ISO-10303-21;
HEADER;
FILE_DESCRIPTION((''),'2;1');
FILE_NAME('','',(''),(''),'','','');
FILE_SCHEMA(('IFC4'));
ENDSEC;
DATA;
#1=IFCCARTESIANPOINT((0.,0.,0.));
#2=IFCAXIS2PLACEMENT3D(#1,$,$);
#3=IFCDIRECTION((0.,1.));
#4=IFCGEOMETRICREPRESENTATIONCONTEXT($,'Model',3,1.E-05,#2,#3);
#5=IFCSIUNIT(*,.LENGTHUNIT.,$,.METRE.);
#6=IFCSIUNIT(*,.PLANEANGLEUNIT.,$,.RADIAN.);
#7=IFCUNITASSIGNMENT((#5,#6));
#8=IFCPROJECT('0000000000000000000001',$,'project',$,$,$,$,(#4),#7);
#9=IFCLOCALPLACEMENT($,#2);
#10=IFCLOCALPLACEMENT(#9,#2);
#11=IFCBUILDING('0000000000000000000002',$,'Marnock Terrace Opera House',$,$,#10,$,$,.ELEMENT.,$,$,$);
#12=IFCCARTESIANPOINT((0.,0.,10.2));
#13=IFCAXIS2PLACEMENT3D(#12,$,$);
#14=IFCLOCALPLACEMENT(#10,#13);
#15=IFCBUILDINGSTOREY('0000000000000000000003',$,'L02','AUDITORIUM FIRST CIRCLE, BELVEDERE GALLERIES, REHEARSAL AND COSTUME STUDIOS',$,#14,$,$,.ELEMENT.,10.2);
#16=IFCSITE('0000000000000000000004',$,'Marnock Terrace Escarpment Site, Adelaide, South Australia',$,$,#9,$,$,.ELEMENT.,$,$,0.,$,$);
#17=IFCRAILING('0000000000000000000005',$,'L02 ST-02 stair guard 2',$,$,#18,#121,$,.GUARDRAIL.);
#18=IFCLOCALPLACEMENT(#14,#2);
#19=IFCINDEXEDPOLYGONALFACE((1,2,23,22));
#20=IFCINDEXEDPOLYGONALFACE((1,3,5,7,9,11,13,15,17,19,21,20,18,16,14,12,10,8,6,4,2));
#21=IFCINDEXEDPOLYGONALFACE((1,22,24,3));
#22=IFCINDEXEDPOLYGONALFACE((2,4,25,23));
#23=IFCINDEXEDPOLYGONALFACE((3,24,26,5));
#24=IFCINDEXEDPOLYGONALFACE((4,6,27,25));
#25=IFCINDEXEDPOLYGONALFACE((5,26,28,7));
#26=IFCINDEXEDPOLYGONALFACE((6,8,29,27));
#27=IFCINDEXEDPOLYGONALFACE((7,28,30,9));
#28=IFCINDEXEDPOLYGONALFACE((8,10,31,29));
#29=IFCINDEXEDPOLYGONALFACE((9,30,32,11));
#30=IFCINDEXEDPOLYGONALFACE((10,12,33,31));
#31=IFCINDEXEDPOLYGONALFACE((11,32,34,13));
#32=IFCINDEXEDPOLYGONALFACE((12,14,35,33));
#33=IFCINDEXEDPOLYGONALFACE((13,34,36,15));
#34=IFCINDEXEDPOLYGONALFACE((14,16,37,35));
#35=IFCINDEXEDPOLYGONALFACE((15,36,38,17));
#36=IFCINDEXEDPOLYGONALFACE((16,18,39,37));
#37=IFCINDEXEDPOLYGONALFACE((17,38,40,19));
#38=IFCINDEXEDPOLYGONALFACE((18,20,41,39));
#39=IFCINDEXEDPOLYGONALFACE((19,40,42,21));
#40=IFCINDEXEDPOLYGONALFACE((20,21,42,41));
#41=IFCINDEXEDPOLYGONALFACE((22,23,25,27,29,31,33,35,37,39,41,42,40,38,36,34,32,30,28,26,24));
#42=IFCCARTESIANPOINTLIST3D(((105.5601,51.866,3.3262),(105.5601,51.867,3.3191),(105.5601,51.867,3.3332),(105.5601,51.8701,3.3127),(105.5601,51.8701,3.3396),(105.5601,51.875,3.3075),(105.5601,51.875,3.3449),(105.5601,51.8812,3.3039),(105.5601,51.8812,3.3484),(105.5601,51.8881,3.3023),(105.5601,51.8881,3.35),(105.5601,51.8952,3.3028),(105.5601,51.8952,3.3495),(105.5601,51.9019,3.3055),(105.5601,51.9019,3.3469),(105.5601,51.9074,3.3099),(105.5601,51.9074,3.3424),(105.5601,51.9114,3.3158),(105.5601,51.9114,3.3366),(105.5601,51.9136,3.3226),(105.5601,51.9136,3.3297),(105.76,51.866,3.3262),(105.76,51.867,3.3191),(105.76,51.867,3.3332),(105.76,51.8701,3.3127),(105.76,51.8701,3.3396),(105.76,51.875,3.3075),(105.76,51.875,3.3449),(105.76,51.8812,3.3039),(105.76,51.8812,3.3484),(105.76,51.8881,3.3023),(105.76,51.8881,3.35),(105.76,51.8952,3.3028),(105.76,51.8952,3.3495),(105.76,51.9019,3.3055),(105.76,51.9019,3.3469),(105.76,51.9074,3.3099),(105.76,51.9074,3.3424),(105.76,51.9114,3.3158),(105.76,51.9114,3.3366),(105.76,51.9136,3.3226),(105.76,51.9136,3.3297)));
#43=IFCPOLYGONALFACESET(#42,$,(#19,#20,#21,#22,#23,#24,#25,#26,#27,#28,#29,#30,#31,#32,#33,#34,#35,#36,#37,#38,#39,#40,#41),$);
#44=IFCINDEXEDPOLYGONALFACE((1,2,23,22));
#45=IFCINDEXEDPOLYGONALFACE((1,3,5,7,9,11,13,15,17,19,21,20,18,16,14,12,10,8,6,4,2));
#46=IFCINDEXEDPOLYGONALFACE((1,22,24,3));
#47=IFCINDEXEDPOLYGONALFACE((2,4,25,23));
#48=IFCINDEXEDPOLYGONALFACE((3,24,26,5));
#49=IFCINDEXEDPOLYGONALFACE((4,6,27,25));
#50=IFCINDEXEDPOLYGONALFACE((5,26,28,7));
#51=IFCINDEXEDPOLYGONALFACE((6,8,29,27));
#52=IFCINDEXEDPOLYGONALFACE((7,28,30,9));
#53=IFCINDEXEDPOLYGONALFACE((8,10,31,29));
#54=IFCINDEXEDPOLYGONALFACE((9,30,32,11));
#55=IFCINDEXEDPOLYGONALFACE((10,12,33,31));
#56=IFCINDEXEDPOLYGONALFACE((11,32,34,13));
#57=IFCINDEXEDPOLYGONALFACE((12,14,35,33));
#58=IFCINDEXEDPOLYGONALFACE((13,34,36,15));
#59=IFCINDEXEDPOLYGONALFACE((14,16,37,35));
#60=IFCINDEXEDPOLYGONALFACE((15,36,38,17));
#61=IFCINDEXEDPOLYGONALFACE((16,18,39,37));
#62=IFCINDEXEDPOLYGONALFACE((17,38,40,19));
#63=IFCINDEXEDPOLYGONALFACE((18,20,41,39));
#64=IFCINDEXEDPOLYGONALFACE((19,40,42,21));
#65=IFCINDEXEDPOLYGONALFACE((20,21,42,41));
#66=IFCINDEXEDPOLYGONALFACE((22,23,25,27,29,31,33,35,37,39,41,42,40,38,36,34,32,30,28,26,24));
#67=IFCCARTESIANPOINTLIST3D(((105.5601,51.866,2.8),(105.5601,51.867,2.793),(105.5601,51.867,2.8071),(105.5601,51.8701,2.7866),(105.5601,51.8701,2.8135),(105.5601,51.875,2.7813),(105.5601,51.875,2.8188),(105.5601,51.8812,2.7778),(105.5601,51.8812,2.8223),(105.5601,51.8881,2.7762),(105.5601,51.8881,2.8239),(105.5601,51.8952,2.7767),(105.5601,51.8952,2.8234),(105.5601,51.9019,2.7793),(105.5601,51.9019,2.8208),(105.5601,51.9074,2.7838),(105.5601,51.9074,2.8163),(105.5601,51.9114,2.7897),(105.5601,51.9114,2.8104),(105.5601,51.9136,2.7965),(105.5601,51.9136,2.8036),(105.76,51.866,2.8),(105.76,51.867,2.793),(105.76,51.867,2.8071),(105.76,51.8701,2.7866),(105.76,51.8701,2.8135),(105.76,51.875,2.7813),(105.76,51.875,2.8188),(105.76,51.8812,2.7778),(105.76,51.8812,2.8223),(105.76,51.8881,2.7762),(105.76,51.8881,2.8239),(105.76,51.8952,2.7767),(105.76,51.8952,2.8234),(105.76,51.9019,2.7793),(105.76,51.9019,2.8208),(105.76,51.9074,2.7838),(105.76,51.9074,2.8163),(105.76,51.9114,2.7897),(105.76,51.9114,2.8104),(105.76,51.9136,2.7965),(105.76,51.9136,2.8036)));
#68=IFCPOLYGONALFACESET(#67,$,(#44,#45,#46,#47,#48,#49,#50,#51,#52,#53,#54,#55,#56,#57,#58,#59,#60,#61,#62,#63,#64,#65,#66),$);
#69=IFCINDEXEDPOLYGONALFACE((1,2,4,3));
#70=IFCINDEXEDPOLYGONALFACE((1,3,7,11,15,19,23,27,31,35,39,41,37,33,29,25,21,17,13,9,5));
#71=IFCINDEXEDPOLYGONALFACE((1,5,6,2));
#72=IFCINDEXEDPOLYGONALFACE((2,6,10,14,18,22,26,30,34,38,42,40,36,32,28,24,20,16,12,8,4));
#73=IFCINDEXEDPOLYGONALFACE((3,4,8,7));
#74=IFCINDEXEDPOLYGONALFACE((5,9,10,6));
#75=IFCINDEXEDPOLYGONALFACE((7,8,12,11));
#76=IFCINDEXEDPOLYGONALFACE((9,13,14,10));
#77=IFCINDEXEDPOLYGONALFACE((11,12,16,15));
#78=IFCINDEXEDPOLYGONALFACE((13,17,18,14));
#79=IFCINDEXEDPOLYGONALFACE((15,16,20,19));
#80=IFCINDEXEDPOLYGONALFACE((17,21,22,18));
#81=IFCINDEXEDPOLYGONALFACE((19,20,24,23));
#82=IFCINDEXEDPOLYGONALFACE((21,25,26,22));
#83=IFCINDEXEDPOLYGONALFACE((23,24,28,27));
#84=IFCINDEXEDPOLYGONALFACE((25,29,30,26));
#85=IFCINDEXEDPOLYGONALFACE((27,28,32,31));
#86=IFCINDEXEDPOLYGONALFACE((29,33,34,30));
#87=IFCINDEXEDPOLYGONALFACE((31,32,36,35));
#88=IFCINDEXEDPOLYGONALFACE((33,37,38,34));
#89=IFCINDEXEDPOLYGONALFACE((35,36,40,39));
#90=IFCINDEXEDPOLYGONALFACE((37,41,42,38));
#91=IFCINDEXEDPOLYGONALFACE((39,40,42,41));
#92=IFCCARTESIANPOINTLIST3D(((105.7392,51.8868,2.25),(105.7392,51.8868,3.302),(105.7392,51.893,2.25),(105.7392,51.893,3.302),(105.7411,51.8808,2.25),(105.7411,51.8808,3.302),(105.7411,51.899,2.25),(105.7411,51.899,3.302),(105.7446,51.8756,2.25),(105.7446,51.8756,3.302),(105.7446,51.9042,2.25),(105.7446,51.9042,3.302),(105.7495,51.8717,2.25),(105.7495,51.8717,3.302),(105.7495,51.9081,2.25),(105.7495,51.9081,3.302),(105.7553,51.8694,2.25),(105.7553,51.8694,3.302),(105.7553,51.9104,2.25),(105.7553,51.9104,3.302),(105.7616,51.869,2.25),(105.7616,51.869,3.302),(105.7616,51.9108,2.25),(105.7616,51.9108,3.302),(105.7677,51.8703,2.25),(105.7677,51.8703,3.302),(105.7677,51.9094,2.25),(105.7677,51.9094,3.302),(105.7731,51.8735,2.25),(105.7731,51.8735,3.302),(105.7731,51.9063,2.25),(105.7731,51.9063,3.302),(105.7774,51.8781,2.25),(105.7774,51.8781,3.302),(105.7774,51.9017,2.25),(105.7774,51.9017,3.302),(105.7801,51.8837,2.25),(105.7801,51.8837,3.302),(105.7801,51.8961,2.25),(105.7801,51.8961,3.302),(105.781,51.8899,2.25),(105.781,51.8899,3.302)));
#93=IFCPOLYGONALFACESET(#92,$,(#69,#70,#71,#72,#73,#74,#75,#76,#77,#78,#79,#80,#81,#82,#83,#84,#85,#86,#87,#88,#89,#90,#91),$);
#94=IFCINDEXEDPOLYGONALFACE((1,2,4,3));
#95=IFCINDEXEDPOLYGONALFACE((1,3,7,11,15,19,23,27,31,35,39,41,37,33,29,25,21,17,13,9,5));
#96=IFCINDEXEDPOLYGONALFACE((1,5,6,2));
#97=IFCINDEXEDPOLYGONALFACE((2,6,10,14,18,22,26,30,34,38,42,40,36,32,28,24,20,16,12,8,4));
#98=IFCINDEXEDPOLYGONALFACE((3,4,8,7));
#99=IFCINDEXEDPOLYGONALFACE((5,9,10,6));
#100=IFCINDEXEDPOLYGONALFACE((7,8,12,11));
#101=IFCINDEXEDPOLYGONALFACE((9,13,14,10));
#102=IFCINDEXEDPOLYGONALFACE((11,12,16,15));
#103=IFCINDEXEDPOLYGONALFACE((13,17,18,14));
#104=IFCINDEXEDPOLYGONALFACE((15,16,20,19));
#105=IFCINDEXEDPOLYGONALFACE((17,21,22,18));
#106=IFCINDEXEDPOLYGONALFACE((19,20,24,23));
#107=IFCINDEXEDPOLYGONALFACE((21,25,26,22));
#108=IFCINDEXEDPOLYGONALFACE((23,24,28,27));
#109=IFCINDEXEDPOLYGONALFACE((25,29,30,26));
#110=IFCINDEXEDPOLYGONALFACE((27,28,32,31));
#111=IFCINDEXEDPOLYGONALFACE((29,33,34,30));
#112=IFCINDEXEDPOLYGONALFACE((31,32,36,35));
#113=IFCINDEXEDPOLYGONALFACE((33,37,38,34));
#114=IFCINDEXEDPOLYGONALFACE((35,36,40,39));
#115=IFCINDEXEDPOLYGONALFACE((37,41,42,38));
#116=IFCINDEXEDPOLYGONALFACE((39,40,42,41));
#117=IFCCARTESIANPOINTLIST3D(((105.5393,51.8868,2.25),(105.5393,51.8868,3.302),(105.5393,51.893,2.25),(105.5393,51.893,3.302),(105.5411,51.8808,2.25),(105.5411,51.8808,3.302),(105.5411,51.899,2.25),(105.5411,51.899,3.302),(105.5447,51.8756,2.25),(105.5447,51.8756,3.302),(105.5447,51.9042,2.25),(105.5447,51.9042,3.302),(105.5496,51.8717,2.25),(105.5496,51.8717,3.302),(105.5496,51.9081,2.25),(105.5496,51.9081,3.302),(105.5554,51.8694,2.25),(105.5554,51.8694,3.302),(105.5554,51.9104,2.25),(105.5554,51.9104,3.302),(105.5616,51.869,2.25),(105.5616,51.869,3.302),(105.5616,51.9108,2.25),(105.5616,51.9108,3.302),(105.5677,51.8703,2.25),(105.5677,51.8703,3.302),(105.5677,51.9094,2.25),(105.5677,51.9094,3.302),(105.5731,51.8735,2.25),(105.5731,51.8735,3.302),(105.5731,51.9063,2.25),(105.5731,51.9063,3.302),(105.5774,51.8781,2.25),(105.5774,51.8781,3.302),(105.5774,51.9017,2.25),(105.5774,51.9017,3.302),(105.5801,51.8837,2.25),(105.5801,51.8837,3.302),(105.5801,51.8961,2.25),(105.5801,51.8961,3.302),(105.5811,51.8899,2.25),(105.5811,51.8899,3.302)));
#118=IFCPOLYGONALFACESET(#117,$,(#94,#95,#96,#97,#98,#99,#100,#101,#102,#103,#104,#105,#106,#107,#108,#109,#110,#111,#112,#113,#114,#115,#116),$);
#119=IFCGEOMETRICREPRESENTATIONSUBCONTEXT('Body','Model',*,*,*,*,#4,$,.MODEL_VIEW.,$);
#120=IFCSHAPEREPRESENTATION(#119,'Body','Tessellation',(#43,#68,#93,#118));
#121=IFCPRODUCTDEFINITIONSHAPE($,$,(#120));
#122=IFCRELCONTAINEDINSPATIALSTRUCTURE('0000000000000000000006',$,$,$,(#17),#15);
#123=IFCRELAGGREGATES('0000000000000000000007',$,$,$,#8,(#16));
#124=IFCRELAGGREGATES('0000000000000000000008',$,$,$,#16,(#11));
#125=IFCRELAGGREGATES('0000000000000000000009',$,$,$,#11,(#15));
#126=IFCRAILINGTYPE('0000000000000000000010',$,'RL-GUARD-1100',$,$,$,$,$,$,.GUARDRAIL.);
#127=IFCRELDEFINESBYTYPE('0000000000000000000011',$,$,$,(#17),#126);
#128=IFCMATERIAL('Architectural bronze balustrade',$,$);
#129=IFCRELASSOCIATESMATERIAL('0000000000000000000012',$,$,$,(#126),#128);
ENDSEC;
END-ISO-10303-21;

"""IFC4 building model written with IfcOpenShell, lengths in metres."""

from ifc_helpers import new_model, si_unit, direction, frame, origin, origin_2d, place, context, subcontext, project, spatial, circle, extrude, material, type_object, element, save


model = new_model("IFC4")

# Units and contexts
model_context = context("Model", 3, precision=1e-05, world=origin(), true_north=direction((0.0, 1.0)))
body_context = subcontext(model_context, "Body", "Model", "MODEL_VIEW")
ifc_project = project(units=[si_unit("LENGTHUNIT", "METRE"), si_unit("PLANEANGLEUNIT", "RADIAN")], contexts=[model_context])

# Site, building, storey
site_placement = place(None, origin())
site = spatial("IfcSite", under=ifc_project, at=site_placement, Name="Marnock Terrace Escarpment Site, Adelaide, South Australia", CompositionType="ELEMENT", RefElevation=0.0)
building_placement = place(site_placement, origin())
building = spatial("IfcBuilding", under=site, at=building_placement, Name="Marnock Terrace Opera House", CompositionType="ELEMENT")
storey_placement = place(building_placement, frame((0.0, 0.0, 10.2)))
storey = spatial("IfcBuildingStorey", under=building, at=storey_placement, Name="L02", Description="AUDITORIUM FIRST CIRCLE, BELVEDERE GALLERIES, REHEARSAL AND COSTUME STUDIOS", CompositionType="ELEMENT", Elevation=10.2)

# Railing
ifc_material_1 = material(Name="Architectural bronze balustrade")
railing_type_1 = type_object("IfcRailingType", Name="RL-GUARD-1100", PredefinedType="GUARDRAIL", material=ifc_material_1)
railing_1_placement = place(storey_placement, frame((105.76, 51.8899, 2.25)))
element("IfcRailing", 1, at=railing_1_placement, inside=storey, type_object=railing_type_1, Name="L02 ST-02 stair guard 2", PredefinedType="GUARDRAIL", context=body_context, shape_type="SweptSolid", body=[
    extrude(circle(Radius=0.0239, at=origin_2d()), frame((0.0, 0.0, 1.0762), z_axis=(-1.0, 0.0, 0.0), x_axis=(0.0, -1.0, 0.0)), (0.0, 0.0, 1.0), 0.2),
    extrude(circle(Radius=0.0239, at=origin_2d()), frame((0.0, 0.0, 0.55), z_axis=(-1.0, 0.0, 0.0), x_axis=(0.0, -1.0, 0.0)), (0.0, 0.0, 1.0), 0.2),
    extrude(circle(Radius=0.021, at=origin_2d()), origin(), (0.0, 0.0, 1.0), 1.052),
    extrude(circle(Radius=0.021, at=origin_2d()), frame((-0.2, 0.0, 0.0)), (0.0, 0.0, 1.0), 1.052),
])

save(model, "model.ifc")
